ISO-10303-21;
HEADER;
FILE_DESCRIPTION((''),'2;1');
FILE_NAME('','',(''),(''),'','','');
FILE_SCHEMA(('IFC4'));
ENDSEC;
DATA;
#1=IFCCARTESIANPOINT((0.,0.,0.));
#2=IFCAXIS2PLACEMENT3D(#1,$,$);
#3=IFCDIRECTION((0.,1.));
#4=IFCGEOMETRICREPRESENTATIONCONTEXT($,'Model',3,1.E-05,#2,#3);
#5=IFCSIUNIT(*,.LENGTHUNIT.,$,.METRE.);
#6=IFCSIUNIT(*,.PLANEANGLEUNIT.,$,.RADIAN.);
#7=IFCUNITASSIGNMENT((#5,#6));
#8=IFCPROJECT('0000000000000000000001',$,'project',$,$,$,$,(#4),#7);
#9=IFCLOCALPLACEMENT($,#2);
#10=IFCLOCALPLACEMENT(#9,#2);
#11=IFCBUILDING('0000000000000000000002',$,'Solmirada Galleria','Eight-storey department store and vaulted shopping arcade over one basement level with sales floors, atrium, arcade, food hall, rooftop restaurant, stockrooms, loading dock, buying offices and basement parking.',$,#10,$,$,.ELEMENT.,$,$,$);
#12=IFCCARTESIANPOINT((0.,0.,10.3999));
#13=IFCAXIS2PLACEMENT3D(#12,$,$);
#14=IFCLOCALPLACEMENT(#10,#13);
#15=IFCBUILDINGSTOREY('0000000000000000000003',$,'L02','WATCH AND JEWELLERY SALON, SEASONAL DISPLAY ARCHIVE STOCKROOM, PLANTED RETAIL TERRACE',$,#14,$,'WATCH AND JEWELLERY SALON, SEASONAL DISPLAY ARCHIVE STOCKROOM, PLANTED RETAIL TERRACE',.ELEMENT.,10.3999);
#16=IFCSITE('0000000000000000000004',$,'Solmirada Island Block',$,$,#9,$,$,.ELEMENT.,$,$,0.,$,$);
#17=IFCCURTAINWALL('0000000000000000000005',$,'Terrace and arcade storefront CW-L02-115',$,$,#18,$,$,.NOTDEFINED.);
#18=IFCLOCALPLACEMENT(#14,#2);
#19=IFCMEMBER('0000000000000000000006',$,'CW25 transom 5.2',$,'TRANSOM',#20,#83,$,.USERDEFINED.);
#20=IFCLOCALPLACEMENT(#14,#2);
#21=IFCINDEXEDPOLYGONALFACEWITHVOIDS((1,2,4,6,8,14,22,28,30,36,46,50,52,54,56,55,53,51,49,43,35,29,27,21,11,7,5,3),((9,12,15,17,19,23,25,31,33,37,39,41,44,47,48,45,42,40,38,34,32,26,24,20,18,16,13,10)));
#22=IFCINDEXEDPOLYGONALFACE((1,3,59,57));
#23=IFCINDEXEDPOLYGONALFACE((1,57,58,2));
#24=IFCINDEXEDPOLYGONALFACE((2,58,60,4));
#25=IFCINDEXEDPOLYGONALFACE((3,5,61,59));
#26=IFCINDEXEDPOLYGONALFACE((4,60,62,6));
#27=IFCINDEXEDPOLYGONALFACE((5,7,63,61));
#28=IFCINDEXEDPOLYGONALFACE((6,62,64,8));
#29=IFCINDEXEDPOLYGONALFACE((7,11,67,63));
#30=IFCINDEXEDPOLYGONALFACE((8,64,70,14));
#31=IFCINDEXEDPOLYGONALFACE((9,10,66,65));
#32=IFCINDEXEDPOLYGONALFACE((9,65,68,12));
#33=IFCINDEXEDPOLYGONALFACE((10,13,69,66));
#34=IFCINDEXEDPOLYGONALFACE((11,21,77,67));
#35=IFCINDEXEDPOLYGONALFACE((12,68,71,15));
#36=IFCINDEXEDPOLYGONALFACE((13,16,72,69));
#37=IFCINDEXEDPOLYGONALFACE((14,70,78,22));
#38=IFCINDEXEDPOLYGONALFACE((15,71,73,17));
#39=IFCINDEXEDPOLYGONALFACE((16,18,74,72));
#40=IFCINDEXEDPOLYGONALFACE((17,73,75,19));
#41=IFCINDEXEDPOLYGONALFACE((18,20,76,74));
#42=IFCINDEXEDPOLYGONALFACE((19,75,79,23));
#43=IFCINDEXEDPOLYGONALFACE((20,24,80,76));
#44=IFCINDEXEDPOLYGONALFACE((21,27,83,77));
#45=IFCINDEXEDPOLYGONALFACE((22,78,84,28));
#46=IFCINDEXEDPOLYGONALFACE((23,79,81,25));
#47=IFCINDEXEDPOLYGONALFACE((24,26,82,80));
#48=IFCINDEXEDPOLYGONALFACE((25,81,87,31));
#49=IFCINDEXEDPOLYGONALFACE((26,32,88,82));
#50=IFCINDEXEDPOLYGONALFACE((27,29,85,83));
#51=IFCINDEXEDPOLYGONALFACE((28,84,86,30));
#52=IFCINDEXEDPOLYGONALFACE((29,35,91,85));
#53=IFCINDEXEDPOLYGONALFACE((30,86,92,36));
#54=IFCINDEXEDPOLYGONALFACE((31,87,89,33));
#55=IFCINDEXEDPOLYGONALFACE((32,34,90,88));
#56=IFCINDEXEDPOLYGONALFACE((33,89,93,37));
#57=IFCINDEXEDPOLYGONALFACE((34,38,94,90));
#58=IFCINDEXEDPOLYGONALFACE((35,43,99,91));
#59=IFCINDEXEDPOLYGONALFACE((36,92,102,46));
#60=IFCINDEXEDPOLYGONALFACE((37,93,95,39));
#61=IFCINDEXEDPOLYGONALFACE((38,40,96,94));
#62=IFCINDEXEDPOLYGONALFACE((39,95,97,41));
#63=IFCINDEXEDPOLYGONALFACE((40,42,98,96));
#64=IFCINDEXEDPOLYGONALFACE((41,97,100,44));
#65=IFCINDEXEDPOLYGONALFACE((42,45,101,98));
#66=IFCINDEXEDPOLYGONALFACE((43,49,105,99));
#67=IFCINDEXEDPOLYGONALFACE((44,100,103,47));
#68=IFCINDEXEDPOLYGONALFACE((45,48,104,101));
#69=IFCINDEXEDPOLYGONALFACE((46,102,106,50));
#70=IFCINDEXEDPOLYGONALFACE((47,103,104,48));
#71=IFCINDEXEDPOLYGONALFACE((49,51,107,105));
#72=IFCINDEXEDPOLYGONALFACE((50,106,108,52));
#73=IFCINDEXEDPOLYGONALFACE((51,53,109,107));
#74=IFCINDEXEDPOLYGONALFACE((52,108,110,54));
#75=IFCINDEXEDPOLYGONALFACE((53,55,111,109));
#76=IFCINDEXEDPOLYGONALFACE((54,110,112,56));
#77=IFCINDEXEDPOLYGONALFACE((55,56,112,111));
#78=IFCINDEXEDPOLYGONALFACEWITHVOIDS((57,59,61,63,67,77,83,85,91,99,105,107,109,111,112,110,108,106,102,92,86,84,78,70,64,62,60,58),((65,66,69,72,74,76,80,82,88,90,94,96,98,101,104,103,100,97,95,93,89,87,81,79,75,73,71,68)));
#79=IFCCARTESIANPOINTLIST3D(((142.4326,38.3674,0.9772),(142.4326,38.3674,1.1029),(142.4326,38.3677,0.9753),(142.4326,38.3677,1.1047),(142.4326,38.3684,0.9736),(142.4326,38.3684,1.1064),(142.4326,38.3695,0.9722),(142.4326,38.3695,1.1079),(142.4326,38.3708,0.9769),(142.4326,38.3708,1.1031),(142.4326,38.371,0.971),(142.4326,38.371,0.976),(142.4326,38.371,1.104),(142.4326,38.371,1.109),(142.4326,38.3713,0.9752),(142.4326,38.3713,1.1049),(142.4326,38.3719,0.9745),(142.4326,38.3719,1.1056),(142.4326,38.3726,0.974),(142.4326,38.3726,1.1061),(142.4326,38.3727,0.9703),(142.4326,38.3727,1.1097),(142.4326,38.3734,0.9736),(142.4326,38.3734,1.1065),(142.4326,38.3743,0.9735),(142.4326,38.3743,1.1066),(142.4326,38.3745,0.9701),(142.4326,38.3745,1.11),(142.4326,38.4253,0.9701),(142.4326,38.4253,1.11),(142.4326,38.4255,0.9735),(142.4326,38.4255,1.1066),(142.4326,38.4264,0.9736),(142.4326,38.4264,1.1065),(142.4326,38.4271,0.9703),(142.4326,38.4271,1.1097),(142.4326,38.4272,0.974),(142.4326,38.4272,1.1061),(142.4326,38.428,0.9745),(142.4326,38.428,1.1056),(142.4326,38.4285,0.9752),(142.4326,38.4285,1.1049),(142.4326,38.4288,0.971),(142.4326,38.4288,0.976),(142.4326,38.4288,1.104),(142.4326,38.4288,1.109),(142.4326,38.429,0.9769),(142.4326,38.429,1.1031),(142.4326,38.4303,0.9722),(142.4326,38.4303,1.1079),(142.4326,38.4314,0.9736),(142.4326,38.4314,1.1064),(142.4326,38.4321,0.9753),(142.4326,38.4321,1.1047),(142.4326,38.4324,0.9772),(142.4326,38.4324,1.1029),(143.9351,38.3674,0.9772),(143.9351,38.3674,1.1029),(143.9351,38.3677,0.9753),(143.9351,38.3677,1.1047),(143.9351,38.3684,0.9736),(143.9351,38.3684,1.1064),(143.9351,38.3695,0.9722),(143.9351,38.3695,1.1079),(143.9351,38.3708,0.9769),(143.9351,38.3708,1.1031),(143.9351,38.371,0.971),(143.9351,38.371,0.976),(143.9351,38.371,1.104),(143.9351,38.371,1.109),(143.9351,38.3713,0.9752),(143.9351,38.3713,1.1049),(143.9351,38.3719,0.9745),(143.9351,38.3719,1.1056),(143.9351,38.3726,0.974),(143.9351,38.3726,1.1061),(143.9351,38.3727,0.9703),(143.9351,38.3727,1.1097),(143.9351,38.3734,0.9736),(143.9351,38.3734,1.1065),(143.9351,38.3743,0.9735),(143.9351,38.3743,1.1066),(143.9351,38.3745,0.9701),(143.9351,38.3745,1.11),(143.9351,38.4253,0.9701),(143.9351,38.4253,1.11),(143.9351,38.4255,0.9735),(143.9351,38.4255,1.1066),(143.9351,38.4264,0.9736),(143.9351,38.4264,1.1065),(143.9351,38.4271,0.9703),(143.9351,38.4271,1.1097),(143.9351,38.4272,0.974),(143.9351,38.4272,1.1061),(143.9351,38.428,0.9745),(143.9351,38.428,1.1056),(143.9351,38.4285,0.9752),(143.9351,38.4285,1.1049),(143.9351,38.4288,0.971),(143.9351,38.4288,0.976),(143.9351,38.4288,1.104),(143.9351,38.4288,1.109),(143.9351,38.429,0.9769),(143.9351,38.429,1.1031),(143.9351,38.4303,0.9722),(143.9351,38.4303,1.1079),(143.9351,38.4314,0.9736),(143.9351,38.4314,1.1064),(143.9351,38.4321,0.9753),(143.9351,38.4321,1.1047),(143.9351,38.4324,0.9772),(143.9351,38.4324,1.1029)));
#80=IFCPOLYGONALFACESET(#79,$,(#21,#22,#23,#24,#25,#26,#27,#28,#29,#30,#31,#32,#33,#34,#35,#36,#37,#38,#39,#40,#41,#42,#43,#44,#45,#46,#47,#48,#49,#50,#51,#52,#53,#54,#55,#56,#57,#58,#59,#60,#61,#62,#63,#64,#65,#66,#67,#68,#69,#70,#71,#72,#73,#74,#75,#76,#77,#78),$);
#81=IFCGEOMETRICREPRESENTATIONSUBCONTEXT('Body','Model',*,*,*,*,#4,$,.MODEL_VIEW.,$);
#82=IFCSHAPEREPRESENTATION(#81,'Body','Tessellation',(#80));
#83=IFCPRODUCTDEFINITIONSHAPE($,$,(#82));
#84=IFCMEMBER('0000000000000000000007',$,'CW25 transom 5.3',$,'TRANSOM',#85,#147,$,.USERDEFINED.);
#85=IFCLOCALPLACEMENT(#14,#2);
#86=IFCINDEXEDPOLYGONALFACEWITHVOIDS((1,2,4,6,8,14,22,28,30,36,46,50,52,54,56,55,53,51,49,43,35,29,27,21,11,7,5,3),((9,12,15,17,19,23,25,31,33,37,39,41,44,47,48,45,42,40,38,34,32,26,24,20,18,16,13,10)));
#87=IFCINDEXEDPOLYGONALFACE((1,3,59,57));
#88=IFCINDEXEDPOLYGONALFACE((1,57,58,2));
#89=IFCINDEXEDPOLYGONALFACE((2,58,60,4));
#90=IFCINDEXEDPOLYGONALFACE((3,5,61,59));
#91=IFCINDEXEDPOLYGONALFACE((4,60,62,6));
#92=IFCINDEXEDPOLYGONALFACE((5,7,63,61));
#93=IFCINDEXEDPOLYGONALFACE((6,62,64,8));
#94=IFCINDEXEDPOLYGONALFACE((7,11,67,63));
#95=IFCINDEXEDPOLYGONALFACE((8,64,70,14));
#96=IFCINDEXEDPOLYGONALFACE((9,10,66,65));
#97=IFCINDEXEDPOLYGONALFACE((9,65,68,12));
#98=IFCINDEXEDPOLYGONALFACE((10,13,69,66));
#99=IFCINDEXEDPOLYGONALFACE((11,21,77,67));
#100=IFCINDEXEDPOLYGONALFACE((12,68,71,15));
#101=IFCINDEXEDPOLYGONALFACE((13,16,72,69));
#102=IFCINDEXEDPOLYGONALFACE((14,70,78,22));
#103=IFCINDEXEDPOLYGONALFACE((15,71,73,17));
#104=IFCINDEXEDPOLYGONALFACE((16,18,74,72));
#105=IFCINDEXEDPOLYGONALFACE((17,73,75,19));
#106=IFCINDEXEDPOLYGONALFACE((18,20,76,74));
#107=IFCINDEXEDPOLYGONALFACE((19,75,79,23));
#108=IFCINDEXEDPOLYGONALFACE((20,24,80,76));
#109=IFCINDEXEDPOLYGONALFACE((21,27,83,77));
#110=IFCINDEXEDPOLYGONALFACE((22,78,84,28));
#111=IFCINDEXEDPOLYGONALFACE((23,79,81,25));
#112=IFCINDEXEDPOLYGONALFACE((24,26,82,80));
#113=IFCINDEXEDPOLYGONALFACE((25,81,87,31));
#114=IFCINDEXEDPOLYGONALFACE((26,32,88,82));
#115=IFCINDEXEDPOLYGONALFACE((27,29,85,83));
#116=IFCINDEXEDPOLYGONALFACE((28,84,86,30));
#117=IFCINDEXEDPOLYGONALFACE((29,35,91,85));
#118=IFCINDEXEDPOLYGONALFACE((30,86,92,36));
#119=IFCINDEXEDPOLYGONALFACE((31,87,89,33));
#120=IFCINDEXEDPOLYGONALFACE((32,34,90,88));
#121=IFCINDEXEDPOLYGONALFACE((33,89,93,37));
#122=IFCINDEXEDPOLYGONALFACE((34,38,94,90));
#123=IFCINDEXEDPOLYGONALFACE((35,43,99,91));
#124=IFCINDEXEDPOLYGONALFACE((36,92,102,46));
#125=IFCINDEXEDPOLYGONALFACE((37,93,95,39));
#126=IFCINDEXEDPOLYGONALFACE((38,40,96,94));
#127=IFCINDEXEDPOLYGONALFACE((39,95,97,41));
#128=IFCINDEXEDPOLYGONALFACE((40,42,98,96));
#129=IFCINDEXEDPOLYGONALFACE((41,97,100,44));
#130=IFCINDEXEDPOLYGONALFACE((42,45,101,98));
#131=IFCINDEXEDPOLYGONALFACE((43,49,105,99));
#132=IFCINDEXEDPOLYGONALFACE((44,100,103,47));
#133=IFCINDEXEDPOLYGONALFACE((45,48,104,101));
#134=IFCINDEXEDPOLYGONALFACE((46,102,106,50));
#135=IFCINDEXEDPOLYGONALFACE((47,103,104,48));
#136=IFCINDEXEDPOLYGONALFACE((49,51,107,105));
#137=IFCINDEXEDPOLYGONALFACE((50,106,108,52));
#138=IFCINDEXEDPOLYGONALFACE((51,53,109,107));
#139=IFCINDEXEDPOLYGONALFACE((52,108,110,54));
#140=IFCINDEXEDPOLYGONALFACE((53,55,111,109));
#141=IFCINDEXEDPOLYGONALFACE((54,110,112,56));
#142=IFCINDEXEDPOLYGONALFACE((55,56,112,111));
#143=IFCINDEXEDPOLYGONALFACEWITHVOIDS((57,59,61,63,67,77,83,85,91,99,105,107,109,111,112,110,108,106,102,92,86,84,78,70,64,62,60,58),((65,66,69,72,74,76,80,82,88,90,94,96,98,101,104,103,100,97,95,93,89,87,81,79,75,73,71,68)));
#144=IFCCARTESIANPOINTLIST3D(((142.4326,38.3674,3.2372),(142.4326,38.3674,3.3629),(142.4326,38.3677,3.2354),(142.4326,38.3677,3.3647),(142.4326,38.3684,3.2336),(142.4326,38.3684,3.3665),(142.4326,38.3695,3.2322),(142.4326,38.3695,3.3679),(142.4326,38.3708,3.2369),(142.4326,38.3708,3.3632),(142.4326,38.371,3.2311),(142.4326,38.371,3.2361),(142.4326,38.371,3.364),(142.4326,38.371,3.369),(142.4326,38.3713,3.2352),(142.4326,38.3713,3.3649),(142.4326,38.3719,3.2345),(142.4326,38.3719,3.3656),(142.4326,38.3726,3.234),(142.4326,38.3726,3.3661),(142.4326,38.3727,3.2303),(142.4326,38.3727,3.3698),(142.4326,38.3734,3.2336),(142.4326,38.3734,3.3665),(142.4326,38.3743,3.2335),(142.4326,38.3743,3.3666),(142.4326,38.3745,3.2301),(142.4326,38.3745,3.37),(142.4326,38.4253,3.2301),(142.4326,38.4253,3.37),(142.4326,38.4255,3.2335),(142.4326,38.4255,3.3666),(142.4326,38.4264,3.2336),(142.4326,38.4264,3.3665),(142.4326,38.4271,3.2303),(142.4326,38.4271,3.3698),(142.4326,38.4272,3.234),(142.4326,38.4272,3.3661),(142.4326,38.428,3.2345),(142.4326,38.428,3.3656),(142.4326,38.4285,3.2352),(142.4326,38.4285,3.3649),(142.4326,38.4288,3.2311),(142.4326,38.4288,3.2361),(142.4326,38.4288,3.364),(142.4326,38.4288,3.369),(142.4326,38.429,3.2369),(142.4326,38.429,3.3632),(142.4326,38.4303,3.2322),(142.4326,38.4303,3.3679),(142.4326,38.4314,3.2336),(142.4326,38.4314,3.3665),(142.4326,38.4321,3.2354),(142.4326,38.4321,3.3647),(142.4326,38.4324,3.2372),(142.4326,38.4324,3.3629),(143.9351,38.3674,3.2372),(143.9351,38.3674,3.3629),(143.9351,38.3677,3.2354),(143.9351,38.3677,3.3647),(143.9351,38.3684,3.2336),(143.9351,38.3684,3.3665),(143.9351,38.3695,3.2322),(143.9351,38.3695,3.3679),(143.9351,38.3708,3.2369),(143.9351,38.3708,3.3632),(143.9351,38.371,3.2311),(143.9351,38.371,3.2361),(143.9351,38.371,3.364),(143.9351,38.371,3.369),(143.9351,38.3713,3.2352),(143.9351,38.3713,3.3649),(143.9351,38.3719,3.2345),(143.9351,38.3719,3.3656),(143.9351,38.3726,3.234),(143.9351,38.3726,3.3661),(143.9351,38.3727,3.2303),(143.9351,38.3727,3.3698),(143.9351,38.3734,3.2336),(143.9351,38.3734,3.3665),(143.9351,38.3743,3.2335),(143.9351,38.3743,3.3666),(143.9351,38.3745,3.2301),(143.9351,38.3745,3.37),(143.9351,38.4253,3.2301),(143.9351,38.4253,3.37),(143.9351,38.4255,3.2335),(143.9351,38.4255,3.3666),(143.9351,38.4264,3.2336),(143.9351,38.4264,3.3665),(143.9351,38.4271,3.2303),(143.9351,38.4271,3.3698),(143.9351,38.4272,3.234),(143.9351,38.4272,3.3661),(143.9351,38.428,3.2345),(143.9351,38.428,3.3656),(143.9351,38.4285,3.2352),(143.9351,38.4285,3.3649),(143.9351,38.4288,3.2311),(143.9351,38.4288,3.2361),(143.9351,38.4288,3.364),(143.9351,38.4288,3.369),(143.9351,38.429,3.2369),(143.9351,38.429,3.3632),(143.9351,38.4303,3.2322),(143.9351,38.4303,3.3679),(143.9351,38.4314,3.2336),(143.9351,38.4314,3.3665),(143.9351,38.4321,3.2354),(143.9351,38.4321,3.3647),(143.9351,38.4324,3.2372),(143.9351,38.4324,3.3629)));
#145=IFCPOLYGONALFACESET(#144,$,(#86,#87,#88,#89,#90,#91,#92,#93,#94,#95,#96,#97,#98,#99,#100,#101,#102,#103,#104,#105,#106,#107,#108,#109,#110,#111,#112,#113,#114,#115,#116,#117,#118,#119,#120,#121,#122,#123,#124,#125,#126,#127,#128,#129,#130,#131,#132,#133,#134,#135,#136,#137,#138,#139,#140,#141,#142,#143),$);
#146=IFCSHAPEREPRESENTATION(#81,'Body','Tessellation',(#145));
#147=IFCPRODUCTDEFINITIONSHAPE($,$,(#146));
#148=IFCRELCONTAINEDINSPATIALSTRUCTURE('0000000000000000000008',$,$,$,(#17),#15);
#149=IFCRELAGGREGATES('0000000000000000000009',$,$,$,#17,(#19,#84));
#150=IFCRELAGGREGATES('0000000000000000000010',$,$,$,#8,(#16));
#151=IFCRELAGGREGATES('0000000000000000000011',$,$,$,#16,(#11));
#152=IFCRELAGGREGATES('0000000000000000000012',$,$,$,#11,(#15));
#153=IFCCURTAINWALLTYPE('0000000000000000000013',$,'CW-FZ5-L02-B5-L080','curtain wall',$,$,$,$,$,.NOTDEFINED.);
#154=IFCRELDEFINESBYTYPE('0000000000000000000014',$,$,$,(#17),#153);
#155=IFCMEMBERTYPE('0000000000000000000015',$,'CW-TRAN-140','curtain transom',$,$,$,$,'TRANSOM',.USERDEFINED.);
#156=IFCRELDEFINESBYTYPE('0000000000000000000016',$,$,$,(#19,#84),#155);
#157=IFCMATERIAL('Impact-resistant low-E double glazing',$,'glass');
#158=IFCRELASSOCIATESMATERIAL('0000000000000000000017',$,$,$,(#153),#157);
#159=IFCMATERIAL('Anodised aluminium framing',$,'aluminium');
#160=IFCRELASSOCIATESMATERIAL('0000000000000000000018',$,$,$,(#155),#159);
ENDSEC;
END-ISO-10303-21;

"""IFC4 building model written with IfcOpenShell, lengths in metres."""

from ifc_helpers import new_model, si_unit, direction, frame, origin, origin_2d, place, context, subcontext, project, spatial, hollow_rectangle, extrude, material, material_profile, profile_set, type_object, element, aggregate, save


model = new_model("IFC4")

# Units and contexts
model_context = context("Model", 3, precision=1e-05, world=origin(), true_north=direction((0.0, 1.0)))
body_context = subcontext(model_context, "Body", "Model", "MODEL_VIEW")
ifc_project = project(units=[si_unit("LENGTHUNIT", "METRE"), si_unit("PLANEANGLEUNIT", "RADIAN")], contexts=[model_context])

# Site, building, storey
site_placement = place(None, origin())
site = spatial("IfcSite", under=ifc_project, at=site_placement, Name="Solmirada Island Block", CompositionType="ELEMENT", RefElevation=0.0)
building_placement = place(site_placement, origin())
building = spatial("IfcBuilding", under=site, at=building_placement, Name="Solmirada Galleria", Description="Eight-storey department store and vaulted shopping arcade over one basement level with sales floors, atrium, arcade, food hall, rooftop restaurant, stockrooms, loading dock, buying offices and basement parking.", CompositionType="ELEMENT")
storey_placement = place(building_placement, frame((0.0, 0.0, 10.3999)))
storey = spatial("IfcBuildingStorey", under=building, at=storey_placement, Name="L02", Description="WATCH AND JEWELLERY SALON, SEASONAL DISPLAY ARCHIVE STOCKROOM, PLANTED RETAIL TERRACE", LongName="WATCH AND JEWELLERY SALON, SEASONAL DISPLAY ARCHIVE STOCKROOM, PLANTED RETAIL TERRACE", CompositionType="ELEMENT", Elevation=10.3999)

# Curtain wall, members
ifc_material_1 = material(Name="Impact-resistant low-E double glazing", Category="glass")
curtain_wall_type = type_object("IfcCurtainWallType", Name="CW-FZ5-L02-B5-L080", Description="curtain wall", PredefinedType="NOTDEFINED", material=ifc_material_1)
curtain_wall_placement = place(storey_placement, origin())
curtain_wall = element("IfcCurtainWall", 1, at=curtain_wall_placement, inside=storey, type_object=curtain_wall_type, Name="Terrace and arcade storefront CW-L02-115", PredefinedType="NOTDEFINED")
ifc_material_2 = material(Name="Anodised aluminium framing", Category="aluminium")
ifc_material_profile_1 = material_profile(ifc_material_2, hollow_rectangle(XDim=0.0649, YDim=0.1399, WallThickness=0.0034, InnerFilletRadius=0.0034, OuterFilletRadius=0.0071, at=origin_2d()), Name="ALU-TRAN-140X65")
ifc_profile_set_1 = profile_set([ifc_material_profile_1], Name="Anodised aluminium framing")
member_type_1 = type_object("IfcMemberType", Name="CW-TRAN-140", Description="curtain transom", ElementType="TRANSOM", PredefinedType="USERDEFINED", material=ifc_profile_set_1)
member_1_placement = place(storey_placement, frame((142.4326, 38.3999, 1.04), z_axis=(1.0, 0.0, 0.0), x_axis=(0.0, 1.0, 0.0)))
member_1 = element("IfcMember", 2, at=member_1_placement, type_object=member_type_1, Name="CW25 transom 5.2", ObjectType="TRANSOM", PredefinedType="USERDEFINED", context=body_context, shape_type="SweptSolid", body=[
    extrude(hollow_rectangle(XDim=0.0649, YDim=0.1399, WallThickness=0.0034, InnerFilletRadius=0.0034, OuterFilletRadius=0.0071, at=origin_2d()), origin(), (0.0, 0.0, 1.0), 1.5024),
])
member_2_placement = place(storey_placement, frame((142.4326, 38.3999, 3.3), z_axis=(1.0, 0.0, 0.0), x_axis=(0.0, 1.0, 0.0)))
member_2 = element("IfcMember", 3, at=member_2_placement, type_object=member_type_1, Name="CW25 transom 5.3", ObjectType="TRANSOM", PredefinedType="USERDEFINED", context=body_context, shape_type="SweptSolid", body=[
    extrude(hollow_rectangle(XDim=0.0649, YDim=0.1399, WallThickness=0.0034, InnerFilletRadius=0.0034, OuterFilletRadius=0.0071, at=origin_2d()), origin(), (0.0, 0.0, 1.0), 1.5024),
])
aggregate(curtain_wall, [member_1, member_2])

save(model, "model.ifc")
